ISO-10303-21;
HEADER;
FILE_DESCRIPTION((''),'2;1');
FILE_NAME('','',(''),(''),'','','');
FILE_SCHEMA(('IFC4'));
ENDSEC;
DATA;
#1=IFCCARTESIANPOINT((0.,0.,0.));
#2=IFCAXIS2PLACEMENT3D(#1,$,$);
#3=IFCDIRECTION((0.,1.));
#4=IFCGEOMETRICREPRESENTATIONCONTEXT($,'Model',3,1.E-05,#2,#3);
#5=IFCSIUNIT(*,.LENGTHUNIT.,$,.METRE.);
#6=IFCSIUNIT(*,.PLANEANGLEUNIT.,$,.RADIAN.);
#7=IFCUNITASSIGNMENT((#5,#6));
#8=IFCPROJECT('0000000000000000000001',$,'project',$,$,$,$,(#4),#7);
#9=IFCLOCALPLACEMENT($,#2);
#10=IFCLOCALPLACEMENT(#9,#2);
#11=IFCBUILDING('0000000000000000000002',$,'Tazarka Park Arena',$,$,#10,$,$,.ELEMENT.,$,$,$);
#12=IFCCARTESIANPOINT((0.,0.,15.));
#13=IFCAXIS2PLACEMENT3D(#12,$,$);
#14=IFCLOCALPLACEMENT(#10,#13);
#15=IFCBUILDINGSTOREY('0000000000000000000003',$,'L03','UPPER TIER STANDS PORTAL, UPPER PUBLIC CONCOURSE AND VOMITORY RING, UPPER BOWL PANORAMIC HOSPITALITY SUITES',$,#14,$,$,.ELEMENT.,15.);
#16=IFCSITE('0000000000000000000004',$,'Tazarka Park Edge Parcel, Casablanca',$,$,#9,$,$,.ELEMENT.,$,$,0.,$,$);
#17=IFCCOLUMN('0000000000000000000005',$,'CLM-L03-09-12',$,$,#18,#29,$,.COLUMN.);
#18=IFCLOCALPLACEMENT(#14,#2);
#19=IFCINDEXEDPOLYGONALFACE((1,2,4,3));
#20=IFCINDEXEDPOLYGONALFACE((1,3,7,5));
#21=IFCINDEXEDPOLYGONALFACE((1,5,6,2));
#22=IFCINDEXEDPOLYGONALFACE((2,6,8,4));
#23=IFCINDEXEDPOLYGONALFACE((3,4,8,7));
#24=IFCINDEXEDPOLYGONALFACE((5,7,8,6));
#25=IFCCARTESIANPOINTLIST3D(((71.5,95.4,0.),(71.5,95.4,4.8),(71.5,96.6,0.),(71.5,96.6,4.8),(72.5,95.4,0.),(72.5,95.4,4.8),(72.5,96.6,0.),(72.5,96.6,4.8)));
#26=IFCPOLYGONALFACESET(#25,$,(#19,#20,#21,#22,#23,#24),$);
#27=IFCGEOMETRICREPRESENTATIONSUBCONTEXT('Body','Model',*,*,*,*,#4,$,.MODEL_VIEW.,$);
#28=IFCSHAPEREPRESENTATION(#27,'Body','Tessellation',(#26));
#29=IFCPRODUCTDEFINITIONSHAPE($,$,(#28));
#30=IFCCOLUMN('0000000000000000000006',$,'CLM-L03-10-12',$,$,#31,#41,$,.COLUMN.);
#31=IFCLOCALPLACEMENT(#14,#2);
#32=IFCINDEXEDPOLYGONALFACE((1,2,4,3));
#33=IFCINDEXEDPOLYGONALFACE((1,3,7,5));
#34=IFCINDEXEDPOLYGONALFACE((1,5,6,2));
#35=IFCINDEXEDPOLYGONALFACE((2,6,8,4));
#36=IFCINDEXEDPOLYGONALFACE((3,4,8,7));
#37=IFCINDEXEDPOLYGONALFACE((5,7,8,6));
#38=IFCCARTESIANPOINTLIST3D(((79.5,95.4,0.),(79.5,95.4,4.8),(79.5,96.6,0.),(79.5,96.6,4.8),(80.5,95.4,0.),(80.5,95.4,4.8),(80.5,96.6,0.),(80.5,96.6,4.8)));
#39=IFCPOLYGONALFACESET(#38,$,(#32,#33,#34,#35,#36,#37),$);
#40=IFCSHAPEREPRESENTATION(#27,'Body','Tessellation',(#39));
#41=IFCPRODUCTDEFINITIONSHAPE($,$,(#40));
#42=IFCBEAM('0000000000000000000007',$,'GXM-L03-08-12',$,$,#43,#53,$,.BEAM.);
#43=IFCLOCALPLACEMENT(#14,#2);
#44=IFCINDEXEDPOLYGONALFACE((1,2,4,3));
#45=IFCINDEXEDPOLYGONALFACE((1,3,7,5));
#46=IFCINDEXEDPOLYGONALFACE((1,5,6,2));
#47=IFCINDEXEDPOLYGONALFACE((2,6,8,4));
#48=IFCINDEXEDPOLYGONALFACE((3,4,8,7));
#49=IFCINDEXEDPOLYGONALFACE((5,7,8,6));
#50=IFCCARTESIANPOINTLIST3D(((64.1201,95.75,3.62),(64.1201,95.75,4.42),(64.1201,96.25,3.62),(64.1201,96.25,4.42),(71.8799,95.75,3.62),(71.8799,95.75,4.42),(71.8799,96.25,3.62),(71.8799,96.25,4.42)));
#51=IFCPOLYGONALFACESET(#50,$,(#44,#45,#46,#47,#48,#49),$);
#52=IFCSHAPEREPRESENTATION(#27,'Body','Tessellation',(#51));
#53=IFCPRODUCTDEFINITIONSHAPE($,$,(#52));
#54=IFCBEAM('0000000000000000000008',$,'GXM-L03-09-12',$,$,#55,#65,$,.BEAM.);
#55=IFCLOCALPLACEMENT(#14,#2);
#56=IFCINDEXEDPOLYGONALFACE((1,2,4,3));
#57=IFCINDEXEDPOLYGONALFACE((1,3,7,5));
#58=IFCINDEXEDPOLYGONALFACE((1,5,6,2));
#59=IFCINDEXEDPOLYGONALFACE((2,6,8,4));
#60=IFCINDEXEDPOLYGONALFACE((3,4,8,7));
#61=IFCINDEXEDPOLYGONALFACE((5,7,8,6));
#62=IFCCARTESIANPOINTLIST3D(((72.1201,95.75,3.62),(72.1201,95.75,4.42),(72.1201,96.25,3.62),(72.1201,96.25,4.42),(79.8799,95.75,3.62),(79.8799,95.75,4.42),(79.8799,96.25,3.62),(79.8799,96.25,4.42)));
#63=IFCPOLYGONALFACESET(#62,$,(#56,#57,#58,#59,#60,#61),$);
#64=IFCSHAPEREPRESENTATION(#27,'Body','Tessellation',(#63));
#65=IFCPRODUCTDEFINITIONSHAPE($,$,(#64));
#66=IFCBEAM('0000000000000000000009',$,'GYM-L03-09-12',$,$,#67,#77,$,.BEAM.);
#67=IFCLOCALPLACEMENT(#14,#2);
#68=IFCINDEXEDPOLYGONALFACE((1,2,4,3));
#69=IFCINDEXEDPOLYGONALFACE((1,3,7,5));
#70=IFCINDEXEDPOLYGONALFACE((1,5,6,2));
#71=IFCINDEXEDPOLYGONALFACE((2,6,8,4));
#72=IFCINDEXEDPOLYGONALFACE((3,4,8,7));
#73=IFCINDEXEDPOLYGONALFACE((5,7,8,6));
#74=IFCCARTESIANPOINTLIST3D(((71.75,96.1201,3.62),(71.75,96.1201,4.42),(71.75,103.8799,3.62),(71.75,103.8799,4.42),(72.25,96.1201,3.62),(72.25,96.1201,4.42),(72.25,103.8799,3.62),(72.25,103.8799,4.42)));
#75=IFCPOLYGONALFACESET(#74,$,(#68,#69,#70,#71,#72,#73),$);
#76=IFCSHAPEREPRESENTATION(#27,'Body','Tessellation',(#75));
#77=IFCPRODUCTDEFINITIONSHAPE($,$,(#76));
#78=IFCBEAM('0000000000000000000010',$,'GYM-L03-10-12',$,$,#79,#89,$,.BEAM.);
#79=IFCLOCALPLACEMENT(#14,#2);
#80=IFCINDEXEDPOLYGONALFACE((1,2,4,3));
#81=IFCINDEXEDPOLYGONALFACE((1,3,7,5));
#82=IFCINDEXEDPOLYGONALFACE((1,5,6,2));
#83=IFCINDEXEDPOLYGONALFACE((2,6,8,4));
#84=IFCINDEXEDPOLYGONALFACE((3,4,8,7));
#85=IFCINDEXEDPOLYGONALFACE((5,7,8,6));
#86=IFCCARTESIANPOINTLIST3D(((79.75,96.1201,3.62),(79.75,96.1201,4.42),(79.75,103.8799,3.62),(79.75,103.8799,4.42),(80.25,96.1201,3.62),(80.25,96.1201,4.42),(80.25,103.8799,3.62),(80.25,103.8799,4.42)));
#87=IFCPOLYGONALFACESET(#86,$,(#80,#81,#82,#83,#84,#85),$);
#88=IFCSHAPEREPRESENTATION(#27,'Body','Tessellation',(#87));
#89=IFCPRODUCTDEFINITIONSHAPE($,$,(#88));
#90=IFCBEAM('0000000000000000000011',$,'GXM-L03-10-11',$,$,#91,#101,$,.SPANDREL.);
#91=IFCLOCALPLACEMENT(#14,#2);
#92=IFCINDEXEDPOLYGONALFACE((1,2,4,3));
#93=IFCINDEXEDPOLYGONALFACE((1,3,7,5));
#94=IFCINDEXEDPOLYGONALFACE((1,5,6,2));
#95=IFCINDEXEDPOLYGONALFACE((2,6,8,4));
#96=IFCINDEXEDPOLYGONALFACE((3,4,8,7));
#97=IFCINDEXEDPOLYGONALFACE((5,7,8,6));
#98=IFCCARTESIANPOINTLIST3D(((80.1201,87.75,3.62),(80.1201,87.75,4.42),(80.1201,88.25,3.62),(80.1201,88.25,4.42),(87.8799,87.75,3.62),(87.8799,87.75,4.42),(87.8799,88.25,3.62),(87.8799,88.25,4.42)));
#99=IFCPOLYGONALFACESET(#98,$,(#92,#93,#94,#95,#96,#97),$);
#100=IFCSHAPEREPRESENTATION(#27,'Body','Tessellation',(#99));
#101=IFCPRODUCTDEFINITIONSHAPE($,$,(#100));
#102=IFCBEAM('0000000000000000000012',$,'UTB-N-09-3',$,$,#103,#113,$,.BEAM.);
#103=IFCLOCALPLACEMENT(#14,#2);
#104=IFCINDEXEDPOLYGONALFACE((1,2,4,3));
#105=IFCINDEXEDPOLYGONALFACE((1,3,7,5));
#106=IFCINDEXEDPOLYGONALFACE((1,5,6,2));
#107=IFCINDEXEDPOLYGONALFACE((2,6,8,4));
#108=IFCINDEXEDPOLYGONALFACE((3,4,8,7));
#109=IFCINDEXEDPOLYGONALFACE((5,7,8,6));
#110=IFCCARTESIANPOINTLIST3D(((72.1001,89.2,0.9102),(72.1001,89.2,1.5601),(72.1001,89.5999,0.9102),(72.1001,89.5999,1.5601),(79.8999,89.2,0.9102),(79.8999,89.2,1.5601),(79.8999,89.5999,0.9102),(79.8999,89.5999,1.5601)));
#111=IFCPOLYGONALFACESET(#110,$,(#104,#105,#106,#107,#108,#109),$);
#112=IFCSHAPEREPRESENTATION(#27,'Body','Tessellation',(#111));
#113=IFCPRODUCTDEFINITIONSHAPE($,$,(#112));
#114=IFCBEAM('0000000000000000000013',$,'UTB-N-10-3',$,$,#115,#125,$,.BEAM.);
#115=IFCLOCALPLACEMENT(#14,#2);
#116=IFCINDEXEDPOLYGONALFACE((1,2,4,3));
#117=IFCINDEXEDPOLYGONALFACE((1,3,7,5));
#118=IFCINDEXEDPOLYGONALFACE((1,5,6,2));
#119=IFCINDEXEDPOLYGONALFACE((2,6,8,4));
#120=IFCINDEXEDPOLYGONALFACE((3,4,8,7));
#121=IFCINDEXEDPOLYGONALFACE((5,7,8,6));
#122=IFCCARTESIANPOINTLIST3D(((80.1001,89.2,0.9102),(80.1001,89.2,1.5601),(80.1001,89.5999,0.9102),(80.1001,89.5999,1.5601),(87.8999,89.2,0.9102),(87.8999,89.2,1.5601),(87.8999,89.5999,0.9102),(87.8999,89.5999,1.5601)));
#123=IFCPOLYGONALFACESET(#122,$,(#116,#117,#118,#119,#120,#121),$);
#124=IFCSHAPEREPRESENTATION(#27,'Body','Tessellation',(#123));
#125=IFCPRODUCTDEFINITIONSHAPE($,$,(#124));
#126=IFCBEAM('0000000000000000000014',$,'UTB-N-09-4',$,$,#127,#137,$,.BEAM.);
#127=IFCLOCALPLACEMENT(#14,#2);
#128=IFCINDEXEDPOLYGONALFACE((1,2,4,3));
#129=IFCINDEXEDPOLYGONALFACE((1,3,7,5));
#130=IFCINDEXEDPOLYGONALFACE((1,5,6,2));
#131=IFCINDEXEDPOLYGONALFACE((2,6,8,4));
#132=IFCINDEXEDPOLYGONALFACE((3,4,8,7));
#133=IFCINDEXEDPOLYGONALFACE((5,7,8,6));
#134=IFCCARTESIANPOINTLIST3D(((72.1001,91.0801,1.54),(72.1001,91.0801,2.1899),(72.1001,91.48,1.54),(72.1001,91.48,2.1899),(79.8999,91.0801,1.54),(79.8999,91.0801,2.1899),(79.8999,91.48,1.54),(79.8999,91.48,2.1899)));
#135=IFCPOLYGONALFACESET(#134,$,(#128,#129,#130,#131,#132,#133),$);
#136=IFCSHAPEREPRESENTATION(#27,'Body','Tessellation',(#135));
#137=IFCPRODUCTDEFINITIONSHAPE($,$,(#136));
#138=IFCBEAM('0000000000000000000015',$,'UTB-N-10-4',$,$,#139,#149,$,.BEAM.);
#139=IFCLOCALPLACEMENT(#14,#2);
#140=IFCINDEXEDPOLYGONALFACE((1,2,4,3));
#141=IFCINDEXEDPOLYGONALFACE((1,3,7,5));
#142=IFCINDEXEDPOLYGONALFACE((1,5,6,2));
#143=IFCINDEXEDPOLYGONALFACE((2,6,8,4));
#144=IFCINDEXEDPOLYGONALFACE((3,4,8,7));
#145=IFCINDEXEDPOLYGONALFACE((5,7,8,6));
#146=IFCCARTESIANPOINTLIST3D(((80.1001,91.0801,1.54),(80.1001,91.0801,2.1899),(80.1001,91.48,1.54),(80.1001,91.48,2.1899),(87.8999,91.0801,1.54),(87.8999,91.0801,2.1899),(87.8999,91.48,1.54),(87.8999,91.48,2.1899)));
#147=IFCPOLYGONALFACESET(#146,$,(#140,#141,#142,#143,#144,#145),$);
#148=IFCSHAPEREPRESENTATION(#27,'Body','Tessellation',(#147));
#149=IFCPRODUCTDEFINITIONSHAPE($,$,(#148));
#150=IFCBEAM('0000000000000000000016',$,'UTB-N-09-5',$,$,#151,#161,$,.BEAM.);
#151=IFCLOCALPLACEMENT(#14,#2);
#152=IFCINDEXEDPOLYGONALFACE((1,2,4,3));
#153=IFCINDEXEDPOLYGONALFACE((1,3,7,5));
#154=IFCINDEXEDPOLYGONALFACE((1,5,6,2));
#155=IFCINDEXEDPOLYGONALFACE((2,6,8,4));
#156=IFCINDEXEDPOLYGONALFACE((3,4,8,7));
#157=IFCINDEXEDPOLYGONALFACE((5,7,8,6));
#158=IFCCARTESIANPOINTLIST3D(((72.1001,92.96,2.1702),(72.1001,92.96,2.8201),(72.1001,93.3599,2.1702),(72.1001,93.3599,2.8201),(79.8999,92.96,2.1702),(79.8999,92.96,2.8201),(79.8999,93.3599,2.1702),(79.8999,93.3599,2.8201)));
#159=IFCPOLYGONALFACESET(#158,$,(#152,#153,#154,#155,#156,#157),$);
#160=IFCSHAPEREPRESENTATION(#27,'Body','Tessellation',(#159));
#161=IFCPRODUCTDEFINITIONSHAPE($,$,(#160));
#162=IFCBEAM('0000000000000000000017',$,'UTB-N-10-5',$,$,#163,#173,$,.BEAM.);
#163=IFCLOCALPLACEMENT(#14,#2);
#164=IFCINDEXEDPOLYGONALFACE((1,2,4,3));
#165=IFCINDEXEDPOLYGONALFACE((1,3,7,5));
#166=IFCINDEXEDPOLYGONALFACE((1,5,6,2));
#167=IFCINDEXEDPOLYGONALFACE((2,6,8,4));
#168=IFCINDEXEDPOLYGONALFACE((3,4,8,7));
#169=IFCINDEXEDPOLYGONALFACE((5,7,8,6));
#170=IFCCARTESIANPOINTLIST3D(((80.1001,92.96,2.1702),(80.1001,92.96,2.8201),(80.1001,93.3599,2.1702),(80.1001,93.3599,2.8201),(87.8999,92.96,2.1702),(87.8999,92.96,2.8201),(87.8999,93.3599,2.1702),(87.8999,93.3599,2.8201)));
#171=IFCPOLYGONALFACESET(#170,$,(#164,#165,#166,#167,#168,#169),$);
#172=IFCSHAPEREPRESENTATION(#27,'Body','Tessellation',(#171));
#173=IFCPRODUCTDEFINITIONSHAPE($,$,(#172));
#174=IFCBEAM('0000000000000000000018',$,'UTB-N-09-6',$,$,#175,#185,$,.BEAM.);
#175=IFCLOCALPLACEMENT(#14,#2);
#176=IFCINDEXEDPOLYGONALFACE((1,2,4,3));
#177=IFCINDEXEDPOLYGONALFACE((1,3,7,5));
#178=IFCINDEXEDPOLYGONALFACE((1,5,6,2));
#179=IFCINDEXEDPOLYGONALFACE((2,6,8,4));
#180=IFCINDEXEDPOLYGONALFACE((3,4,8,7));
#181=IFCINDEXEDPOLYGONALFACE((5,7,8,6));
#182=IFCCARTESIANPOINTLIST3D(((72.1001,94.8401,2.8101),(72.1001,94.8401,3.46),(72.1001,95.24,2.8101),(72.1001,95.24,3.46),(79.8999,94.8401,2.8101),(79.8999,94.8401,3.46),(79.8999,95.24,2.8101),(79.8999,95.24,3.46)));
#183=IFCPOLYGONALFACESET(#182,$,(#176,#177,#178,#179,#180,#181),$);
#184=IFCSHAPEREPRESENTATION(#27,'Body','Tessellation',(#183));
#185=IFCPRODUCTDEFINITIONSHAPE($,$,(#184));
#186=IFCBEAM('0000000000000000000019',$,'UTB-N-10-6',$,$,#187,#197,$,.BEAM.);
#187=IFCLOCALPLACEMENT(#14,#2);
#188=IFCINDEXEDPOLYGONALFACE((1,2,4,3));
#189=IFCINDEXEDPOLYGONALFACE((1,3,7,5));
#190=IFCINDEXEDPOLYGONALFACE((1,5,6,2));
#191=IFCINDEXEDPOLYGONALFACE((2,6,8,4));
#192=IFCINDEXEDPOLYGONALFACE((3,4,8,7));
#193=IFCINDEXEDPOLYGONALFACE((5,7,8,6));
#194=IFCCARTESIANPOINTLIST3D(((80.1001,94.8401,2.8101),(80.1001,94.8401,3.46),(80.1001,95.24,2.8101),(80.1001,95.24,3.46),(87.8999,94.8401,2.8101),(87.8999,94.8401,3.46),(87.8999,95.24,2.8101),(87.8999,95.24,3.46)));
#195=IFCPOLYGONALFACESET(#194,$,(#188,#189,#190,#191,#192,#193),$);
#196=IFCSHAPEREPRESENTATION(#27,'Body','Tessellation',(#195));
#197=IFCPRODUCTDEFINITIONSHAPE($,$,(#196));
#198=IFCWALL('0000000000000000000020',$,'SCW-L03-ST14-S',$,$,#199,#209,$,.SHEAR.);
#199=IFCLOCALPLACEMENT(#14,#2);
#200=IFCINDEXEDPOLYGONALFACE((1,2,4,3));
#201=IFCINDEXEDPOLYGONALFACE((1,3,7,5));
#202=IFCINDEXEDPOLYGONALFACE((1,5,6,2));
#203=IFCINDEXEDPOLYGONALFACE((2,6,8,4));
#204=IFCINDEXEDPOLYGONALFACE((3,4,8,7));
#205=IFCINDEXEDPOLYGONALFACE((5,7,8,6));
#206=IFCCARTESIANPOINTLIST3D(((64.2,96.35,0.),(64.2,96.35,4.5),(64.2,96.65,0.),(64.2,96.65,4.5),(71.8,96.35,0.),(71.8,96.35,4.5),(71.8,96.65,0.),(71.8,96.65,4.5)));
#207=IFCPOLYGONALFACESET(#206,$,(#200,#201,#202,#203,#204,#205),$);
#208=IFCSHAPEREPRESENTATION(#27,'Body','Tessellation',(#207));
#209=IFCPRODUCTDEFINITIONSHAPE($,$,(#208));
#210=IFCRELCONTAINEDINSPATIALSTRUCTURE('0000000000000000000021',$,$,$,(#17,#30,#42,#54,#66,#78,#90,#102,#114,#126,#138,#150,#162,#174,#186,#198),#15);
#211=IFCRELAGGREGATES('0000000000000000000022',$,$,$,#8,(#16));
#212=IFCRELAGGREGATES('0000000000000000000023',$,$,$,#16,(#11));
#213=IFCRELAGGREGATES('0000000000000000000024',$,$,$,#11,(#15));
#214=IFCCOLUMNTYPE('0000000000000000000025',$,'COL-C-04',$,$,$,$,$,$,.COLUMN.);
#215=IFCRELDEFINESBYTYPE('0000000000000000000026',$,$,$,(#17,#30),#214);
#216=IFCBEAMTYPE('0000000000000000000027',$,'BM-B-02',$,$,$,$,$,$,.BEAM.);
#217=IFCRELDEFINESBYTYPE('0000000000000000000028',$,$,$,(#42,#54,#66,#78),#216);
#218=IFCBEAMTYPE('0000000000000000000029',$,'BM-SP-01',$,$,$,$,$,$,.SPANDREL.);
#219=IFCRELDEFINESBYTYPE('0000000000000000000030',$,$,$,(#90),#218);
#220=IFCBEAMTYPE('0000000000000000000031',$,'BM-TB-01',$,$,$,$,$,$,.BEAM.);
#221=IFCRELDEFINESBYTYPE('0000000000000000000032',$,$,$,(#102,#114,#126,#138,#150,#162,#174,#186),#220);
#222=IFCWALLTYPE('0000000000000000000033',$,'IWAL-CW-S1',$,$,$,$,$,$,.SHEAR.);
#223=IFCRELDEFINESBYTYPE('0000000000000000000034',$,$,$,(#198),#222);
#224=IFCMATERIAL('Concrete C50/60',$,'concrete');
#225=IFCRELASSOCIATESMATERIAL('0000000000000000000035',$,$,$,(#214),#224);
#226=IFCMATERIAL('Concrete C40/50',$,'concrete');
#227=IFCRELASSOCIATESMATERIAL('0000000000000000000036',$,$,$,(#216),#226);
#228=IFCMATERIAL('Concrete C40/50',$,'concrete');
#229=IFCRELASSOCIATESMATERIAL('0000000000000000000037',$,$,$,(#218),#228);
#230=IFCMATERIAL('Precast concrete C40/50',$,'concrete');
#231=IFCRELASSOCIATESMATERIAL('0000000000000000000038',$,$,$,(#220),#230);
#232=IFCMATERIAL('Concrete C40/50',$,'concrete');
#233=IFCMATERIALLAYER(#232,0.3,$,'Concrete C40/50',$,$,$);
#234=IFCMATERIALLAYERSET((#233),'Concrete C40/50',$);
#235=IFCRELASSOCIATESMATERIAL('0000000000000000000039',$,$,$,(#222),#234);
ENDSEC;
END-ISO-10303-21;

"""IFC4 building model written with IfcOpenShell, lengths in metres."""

from ifc_helpers import new_model, si_unit, direction, frame, frame_2d, origin, origin_2d, place, context, subcontext, project, spatial, rectangle, extrude, material, layer, layer_set, material_profile, profile_set, type_object, element, save


model = new_model("IFC4")

# Units and contexts
model_context = context("Model", 3, precision=1e-05, world=origin(), true_north=direction((0.0, 1.0)))
body_context = subcontext(model_context, "Body", "Model", "MODEL_VIEW")
ifc_project = project(units=[si_unit("LENGTHUNIT", "METRE"), si_unit("PLANEANGLEUNIT", "RADIAN")], contexts=[model_context])

# Site, building, storey
site_placement = place(None, origin())
site = spatial("IfcSite", under=ifc_project, at=site_placement, Name="Tazarka Park Edge Parcel, Casablanca", CompositionType="ELEMENT", RefElevation=0.0)
building_placement = place(site_placement, origin())
building = spatial("IfcBuilding", under=site, at=building_placement, Name="Tazarka Park Arena", CompositionType="ELEMENT")
storey_placement = place(building_placement, frame((0.0, 0.0, 15.0)))
storey = spatial("IfcBuildingStorey", under=building, at=storey_placement, Name="L03", Description="UPPER TIER STANDS PORTAL, UPPER PUBLIC CONCOURSE AND VOMITORY RING, UPPER BOWL PANORAMIC HOSPITALITY SUITES", CompositionType="ELEMENT", Elevation=15.0)

# Columns
ifc_material_1 = material(Name="Concrete C50/60", Category="concrete")
ifc_material_profile_1 = material_profile(ifc_material_1, rectangle(XDim=1.0, YDim=1.2, at=origin_2d()), Name="Concrete C50/60")
ifc_profile_set_1 = profile_set([ifc_material_profile_1], Name="Concrete C50/60")
column_type = type_object("IfcColumnType", Name="COL-C-04", PredefinedType="COLUMN", material=ifc_profile_set_1)
for number, where, z_axis, x_axis, name in (
    (1, (72.0, 96.0, 0.0), (0.0, 0.0, 1.0), (1.0, 0.0, 0.0), "CLM-L03-09-12"),
    (2, (80.0, 96.0, 0.0), (0.0, 0.0, 1.0), (1.0, 0.0, 0.0), "CLM-L03-10-12"),
):
    element("IfcColumn", number, at=place(storey_placement, frame(where, z_axis=z_axis, x_axis=x_axis)), inside=storey, type_object=column_type, Name=name, PredefinedType="COLUMN", context=body_context, shape_type="SweptSolid", body=[
        extrude(rectangle(XDim=1.0, YDim=1.2, at=origin_2d()), origin(), (0.0, 0.0, 1.0), 4.8),
    ])

# Beams
ifc_material_2 = material(Name="Concrete C40/50", Category="concrete")
ifc_material_profile_2 = material_profile(ifc_material_2, rectangle(XDim=0.5, YDim=0.8, at=origin_2d()), Name="Concrete C40/50")
ifc_profile_set_2 = profile_set([ifc_material_profile_2], Name="Concrete C40/50")
beam_type_1 = type_object("IfcBeamType", Name="BM-B-02", PredefinedType="BEAM", material=ifc_profile_set_2)
for number, where, z_axis, x_axis, name in (
    (3, (64.1201, 96.0, 4.02), (1.0, 0.0, 0.0), (0.0, 1.0, 0.0), "GXM-L03-08-12"),
    (4, (72.1201, 96.0, 4.02), (1.0, 0.0, 0.0), (0.0, 1.0, 0.0), "GXM-L03-09-12"),
    (5, (72.0, 96.1201, 4.02), (0.0, 1.0, 0.0), (-1.0, 0.0, 0.0), "GYM-L03-09-12"),
    (6, (80.0, 96.1201, 4.02), (0.0, 1.0, 0.0), (-1.0, 0.0, 0.0), "GYM-L03-10-12"),
):
    element("IfcBeam", number, at=place(storey_placement, frame(where, z_axis=z_axis, x_axis=x_axis)), inside=storey, type_object=beam_type_1, Name=name, PredefinedType="BEAM", context=body_context, shape_type="SweptSolid", body=[
        extrude(rectangle(XDim=0.5, YDim=0.8, at=origin_2d()), origin(), (0.0, 0.0, 1.0), 7.7598),
    ])
ifc_material_3 = material(Name="Concrete C40/50", Category="concrete")
ifc_material_profile_3 = material_profile(ifc_material_3, rectangle(XDim=0.5, YDim=0.8, at=origin_2d()), Name="Concrete C40/50")
ifc_profile_set_3 = profile_set([ifc_material_profile_3], Name="Concrete C40/50")
beam_type_2 = type_object("IfcBeamType", Name="BM-SP-01", PredefinedType="SPANDREL", material=ifc_profile_set_3)
beam_placement = place(storey_placement, frame((80.1201, 88.0, 4.02), z_axis=(1.0, 0.0, 0.0), x_axis=(0.0, 1.0, 0.0)))
element("IfcBeam", 7, at=beam_placement, inside=storey, type_object=beam_type_2, Name="GXM-L03-10-11", PredefinedType="SPANDREL", context=body_context, shape_type="SweptSolid", body=[
    extrude(rectangle(XDim=0.5, YDim=0.8, at=origin_2d()), origin(), (0.0, 0.0, 1.0), 7.7598),
])
ifc_material_4 = material(Name="Precast concrete C40/50", Category="concrete")
ifc_material_profile_4 = material_profile(ifc_material_4, rectangle(XDim=0.3999, YDim=0.6499, at=origin_2d()), Name="Precast concrete C40/50")
ifc_profile_set_4 = profile_set([ifc_material_profile_4], Name="Precast concrete C40/50")
beam_type_3 = type_object("IfcBeamType", Name="BM-TB-01", PredefinedType="BEAM", material=ifc_profile_set_4)
for number, where, z_axis, x_axis, name in (
    (8, (72.1001, 89.3999, 1.2351), (1.0, 0.0, 0.0), (0.0, 1.0, 0.0), "UTB-N-09-3"),
    (9, (80.1001, 89.3999, 1.2351), (1.0, 0.0, 0.0), (0.0, 1.0, 0.0), "UTB-N-10-3"),
    (10, (72.1001, 91.28, 1.865), (1.0, 0.0, 0.0), (0.0, 1.0, 0.0), "UTB-N-09-4"),
    (11, (80.1001, 91.28, 1.865), (1.0, 0.0, 0.0), (0.0, 1.0, 0.0), "UTB-N-10-4"),
    (12, (72.1001, 93.1599, 2.4951), (1.0, 0.0, 0.0), (0.0, 1.0, 0.0), "UTB-N-09-5"),
    (13, (80.1001, 93.1599, 2.4951), (1.0, 0.0, 0.0), (0.0, 1.0, 0.0), "UTB-N-10-5"),
    (14, (72.1001, 95.04, 3.135), (1.0, 0.0, 0.0), (0.0, 1.0, 0.0), "UTB-N-09-6"),
    (15, (80.1001, 95.04, 3.135), (1.0, 0.0, 0.0), (0.0, 1.0, 0.0), "UTB-N-10-6"),
):
    element("IfcBeam", number, at=place(storey_placement, frame(where, z_axis=z_axis, x_axis=x_axis)), inside=storey, type_object=beam_type_3, Name=name, PredefinedType="BEAM", context=body_context, shape_type="SweptSolid", body=[
        extrude(rectangle(XDim=0.3999, YDim=0.6499, at=origin_2d()), origin(), (0.0, 0.0, 1.0), 7.7998),
    ])

# Wall
ifc_material_5 = material(Name="Concrete C40/50", Category="concrete")
ifc_layer_1 = layer(ifc_material_5, 0.3, Name="Concrete C40/50")
ifc_layer_set_1 = layer_set([ifc_layer_1], Name="Concrete C40/50")
wall_type_1 = type_object("IfcWallType", Name="IWAL-CW-S1", PredefinedType="SHEAR", material=ifc_layer_set_1)
wall_1_placement = place(storey_placement, frame((71.8, 96.5, 0.0), z_axis=(0.0, 0.0, 1.0), x_axis=(-1.0, 0.0, 0.0)))
element("IfcWall", 16, at=wall_1_placement, inside=storey, type_object=wall_type_1, Name="SCW-L03-ST14-S", PredefinedType="SHEAR", context=body_context, shape_type="SweptSolid", body=[
    extrude(rectangle(XDim=7.6001, YDim=0.3, at=frame_2d((3.8, 0.0))), origin(), (0.0, 0.0, 1.0), 4.5),
])

save(model, "model.ifc")
